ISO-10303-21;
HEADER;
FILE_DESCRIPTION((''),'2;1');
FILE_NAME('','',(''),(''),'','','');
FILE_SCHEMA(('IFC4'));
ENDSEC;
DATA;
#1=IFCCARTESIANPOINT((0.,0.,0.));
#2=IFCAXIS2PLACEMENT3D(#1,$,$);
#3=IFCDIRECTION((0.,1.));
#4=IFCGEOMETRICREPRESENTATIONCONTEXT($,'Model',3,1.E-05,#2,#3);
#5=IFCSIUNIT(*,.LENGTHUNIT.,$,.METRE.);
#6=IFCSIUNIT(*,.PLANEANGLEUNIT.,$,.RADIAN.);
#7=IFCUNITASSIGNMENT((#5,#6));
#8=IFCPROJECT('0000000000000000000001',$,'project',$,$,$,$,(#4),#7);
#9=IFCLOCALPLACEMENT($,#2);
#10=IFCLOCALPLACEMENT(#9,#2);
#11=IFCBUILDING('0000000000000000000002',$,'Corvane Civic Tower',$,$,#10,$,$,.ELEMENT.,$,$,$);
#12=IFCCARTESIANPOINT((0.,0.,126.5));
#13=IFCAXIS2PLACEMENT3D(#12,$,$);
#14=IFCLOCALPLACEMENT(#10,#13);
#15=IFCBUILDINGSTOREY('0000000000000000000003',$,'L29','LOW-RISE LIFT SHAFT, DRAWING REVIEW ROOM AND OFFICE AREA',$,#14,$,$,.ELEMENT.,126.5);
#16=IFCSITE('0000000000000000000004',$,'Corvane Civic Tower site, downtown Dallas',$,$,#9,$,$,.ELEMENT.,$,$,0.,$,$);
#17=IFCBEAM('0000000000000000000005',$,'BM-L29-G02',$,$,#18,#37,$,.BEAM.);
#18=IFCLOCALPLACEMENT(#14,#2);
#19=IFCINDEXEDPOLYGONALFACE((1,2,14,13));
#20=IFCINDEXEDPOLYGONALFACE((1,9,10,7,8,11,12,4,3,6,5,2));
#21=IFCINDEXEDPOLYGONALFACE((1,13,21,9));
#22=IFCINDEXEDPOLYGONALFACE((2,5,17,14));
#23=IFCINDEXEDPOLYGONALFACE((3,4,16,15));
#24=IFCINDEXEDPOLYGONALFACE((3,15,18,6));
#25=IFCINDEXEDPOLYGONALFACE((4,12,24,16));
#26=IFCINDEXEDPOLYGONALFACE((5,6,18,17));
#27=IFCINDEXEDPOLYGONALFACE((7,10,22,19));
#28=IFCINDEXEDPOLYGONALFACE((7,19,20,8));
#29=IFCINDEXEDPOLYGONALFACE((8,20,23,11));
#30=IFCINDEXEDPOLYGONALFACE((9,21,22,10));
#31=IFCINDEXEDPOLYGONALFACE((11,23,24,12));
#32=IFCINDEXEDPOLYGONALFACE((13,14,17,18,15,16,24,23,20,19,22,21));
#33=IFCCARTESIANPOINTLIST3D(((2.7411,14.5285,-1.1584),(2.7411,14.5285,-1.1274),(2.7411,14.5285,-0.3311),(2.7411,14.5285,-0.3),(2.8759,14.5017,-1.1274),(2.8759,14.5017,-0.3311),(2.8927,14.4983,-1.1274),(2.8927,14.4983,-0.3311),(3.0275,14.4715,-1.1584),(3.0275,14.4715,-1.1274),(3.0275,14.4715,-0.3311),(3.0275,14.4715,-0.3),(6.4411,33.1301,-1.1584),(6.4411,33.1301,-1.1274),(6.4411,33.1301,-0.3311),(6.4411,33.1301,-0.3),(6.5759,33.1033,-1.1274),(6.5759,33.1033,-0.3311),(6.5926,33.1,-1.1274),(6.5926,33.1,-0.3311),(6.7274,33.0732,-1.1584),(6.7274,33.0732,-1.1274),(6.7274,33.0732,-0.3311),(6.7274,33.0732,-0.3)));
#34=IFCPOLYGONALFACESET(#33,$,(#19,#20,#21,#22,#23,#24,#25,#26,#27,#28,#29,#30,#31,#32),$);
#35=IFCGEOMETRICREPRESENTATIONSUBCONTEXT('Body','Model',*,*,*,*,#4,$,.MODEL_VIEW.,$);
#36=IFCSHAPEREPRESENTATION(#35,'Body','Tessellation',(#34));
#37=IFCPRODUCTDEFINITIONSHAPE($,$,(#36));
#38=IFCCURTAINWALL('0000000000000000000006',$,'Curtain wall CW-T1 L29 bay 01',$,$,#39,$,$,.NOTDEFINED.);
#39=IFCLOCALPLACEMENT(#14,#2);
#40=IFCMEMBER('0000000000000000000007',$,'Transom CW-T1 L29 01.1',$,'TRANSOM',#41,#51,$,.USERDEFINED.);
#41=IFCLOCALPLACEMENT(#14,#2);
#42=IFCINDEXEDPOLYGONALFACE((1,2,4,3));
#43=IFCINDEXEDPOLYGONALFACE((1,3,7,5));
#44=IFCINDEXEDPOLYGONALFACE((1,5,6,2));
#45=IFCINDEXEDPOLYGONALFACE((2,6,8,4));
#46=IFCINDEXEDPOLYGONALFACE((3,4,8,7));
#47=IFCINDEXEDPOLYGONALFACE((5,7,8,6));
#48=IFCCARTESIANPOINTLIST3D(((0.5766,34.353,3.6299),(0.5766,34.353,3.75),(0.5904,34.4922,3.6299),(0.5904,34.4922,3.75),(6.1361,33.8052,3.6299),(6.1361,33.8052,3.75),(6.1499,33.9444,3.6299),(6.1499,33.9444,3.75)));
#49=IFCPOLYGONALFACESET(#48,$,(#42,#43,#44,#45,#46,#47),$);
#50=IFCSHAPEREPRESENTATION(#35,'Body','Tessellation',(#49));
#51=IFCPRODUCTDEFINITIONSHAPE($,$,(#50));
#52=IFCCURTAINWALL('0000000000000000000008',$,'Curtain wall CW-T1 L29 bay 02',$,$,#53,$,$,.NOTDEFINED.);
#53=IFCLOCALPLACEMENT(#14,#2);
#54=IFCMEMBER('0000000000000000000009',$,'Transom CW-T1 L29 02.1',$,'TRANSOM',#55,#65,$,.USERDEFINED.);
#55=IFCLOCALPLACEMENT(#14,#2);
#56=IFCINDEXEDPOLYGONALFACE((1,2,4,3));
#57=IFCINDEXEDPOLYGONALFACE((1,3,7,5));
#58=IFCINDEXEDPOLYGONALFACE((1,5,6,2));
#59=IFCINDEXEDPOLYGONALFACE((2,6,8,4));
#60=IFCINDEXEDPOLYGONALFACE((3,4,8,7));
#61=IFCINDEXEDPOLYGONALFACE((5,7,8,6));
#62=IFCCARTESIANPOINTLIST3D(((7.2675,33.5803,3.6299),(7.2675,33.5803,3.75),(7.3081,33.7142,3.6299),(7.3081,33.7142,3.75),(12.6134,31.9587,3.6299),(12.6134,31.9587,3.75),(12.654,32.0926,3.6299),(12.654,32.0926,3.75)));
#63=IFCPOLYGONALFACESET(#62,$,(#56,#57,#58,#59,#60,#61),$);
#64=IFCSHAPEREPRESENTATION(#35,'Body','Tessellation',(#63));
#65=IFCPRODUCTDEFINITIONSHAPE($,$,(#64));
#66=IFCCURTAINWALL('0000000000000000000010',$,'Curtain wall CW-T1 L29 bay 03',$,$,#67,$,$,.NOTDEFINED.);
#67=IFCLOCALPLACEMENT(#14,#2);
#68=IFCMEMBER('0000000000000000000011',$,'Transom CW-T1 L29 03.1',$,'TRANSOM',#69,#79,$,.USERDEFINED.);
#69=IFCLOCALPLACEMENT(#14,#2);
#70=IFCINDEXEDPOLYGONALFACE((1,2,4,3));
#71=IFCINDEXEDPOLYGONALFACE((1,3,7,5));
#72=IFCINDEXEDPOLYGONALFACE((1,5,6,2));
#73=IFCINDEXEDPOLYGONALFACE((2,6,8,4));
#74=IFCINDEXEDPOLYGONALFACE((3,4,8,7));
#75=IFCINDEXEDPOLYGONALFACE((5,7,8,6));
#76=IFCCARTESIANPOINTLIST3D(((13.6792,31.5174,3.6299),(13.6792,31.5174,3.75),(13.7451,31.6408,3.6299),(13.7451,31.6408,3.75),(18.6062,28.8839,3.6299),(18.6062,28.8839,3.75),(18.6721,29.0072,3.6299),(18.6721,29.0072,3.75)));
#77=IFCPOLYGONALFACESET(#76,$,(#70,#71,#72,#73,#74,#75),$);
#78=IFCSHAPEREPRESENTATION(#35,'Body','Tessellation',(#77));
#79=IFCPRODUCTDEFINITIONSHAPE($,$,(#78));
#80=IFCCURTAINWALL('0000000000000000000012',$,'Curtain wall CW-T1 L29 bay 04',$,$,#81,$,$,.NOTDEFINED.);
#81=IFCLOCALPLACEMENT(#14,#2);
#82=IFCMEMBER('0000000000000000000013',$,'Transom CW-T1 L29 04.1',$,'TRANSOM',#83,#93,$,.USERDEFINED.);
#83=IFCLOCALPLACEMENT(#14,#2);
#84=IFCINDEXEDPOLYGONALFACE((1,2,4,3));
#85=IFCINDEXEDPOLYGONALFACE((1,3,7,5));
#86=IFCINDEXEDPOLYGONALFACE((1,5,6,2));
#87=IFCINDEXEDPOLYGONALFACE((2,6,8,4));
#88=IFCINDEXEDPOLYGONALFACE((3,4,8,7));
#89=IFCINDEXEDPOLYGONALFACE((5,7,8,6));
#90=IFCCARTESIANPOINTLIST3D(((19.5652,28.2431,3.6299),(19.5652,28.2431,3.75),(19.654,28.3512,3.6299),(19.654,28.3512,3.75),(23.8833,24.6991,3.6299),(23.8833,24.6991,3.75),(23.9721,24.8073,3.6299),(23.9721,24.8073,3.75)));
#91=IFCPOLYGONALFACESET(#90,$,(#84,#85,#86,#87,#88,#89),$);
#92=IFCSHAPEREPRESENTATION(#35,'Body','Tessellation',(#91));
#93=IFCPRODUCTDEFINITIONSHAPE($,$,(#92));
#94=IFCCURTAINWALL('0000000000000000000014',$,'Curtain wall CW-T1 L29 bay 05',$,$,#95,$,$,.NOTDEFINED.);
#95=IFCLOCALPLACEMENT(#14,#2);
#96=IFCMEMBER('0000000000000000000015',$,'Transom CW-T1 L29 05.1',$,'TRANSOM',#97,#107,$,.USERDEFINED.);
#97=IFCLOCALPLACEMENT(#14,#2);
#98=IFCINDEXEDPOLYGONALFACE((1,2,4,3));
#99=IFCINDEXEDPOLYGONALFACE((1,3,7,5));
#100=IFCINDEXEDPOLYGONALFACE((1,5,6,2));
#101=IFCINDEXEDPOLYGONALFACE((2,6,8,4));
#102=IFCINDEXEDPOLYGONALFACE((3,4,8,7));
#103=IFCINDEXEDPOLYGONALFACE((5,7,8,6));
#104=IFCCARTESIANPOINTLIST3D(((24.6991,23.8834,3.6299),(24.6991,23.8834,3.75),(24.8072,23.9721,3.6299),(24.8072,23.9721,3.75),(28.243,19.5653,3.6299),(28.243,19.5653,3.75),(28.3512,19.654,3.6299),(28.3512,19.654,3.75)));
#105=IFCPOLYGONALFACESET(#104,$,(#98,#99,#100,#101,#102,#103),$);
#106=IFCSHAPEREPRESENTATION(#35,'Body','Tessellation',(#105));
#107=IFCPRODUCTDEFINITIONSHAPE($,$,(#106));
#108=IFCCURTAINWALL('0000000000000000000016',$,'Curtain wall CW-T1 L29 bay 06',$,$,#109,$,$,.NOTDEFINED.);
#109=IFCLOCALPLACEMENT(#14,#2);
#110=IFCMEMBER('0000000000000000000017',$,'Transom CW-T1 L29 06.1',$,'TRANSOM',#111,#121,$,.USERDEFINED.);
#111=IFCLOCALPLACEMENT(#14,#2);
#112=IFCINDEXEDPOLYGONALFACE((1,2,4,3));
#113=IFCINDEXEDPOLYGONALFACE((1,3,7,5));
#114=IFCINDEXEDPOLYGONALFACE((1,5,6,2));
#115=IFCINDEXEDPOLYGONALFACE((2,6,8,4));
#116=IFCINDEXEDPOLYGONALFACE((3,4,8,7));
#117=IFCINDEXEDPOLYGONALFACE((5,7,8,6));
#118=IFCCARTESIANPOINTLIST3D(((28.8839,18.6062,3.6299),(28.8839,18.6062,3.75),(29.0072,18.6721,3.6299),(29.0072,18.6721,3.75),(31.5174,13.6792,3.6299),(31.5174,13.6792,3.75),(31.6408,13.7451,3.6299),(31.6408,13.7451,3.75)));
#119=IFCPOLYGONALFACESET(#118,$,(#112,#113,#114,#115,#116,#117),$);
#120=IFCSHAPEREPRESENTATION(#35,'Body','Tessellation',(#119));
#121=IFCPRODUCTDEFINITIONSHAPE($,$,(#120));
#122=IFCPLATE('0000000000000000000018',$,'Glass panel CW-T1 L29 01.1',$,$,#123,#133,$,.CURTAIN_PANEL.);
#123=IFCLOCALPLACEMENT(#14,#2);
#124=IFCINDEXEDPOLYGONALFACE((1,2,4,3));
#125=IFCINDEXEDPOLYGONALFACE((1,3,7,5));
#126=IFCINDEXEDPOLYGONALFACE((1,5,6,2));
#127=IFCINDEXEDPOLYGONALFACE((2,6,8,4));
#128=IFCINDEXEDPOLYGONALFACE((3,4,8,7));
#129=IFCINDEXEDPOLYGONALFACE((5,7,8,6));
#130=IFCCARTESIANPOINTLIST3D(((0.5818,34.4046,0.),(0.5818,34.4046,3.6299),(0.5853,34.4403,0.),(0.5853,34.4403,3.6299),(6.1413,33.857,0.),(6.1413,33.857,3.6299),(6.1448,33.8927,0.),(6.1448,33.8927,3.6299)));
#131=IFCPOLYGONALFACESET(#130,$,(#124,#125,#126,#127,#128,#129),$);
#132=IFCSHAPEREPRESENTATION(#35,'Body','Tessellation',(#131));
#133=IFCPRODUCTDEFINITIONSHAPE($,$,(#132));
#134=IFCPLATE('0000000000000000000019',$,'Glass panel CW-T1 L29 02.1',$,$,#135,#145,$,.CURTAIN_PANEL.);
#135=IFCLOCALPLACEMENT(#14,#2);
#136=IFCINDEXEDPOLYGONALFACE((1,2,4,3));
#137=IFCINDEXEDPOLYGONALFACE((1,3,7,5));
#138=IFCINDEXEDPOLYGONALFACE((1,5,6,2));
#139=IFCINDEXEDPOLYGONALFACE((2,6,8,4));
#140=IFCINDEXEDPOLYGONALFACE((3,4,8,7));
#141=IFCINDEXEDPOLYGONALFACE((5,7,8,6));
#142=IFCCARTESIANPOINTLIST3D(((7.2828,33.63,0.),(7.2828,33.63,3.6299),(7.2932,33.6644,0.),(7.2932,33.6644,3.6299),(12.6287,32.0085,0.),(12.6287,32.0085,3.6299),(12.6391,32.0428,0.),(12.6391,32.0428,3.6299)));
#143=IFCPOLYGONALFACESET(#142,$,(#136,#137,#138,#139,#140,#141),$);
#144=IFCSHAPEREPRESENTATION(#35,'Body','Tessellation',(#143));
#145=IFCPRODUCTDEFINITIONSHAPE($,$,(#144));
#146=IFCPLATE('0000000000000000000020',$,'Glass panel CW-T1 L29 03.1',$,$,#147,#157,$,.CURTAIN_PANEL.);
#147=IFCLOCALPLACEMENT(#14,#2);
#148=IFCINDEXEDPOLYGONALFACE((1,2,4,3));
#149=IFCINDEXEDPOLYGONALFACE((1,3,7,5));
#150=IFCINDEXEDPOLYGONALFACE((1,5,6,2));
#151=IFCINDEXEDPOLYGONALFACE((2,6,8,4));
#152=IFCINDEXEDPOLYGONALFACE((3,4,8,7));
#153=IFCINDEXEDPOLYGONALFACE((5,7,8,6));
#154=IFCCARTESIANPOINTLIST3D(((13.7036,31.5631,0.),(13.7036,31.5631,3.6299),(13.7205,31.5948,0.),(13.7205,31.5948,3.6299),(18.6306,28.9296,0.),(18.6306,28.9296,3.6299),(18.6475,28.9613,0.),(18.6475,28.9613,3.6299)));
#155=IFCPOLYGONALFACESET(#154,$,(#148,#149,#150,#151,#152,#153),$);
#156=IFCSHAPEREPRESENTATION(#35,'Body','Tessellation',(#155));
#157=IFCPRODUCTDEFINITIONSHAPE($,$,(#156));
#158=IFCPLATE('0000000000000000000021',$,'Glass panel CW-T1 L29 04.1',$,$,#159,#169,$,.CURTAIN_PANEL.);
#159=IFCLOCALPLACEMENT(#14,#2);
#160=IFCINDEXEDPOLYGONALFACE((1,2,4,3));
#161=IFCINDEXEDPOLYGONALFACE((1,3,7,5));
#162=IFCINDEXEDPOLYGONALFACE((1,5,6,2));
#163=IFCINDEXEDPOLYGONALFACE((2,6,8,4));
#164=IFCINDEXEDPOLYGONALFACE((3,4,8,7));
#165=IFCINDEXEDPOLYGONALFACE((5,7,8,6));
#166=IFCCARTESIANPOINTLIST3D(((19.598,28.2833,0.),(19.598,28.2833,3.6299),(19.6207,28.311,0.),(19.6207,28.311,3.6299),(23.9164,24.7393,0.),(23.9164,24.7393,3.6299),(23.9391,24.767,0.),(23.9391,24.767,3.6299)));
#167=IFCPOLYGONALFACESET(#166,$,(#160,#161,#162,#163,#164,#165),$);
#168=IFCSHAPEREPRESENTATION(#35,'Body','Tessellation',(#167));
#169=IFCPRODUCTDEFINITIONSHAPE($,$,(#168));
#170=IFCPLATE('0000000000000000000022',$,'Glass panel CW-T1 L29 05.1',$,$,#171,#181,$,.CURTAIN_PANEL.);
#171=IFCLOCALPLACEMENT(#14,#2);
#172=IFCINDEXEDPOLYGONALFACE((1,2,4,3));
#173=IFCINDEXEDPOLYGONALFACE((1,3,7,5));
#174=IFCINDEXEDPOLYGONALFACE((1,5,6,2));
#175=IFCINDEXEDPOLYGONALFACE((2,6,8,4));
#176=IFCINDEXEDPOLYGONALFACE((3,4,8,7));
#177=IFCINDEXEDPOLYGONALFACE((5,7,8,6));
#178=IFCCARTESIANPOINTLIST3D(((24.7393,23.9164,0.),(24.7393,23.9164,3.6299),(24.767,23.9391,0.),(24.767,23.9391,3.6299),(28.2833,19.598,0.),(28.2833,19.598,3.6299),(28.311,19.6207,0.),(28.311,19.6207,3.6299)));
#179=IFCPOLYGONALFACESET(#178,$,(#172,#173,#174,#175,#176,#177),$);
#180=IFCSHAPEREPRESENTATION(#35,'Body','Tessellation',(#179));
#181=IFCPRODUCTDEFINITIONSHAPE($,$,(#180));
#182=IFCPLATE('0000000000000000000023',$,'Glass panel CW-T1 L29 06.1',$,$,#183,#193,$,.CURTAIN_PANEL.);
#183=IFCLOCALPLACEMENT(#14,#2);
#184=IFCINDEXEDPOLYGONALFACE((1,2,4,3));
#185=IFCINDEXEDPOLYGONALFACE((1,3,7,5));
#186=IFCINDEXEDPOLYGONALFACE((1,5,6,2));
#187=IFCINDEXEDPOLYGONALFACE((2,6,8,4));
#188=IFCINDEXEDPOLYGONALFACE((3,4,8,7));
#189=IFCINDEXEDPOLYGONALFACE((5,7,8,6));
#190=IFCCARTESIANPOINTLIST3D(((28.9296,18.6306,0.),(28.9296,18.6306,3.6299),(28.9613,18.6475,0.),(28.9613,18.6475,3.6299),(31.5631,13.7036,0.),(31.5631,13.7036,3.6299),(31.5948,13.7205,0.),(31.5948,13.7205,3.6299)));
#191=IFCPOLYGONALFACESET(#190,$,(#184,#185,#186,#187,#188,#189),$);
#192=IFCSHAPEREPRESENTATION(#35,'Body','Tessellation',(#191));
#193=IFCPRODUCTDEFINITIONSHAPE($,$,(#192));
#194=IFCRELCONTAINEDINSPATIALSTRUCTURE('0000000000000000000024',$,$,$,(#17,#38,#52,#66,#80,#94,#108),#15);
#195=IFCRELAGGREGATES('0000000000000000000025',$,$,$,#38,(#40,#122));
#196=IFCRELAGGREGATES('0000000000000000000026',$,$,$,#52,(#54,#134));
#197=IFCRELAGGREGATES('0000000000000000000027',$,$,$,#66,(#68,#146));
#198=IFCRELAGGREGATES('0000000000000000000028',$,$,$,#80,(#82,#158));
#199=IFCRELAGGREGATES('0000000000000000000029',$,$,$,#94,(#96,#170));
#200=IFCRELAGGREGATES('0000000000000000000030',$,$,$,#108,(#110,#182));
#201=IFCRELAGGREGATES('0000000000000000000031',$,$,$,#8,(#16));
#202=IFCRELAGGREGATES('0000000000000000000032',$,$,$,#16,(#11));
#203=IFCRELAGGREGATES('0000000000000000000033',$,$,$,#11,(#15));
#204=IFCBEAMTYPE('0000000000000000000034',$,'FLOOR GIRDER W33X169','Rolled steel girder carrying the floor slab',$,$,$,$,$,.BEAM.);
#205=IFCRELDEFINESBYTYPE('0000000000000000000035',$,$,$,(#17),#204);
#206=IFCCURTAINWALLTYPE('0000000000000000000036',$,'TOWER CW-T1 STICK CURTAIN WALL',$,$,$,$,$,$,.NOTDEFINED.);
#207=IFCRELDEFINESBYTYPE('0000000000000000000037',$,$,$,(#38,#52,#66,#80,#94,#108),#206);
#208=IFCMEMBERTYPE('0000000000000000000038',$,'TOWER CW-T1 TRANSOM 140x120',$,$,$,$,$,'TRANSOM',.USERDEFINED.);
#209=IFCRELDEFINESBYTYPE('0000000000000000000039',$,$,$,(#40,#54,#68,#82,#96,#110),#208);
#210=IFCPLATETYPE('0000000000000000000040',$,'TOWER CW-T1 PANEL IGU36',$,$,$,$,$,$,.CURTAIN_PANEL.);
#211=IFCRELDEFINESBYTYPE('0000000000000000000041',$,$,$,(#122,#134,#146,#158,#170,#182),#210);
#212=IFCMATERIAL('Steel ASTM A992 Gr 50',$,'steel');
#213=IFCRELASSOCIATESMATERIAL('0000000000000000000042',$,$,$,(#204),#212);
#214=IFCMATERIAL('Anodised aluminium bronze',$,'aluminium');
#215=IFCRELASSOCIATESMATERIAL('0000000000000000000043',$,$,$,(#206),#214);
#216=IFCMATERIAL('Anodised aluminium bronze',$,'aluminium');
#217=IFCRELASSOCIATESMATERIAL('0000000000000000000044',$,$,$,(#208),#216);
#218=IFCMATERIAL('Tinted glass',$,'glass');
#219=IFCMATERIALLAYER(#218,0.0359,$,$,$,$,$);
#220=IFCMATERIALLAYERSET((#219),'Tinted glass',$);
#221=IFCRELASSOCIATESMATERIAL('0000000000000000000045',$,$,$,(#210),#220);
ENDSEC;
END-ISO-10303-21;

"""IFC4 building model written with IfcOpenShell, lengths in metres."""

from ifc_helpers import new_model, si_unit, direction, frame, origin, origin_2d, place, context, subcontext, project, spatial, rectangle, i_section, extrude, material, layer, layer_set, material_profile, profile_set, type_object, element, aggregate, save


model = new_model("IFC4")

# Units and contexts
model_context = context("Model", 3, precision=1e-05, world=origin(), true_north=direction((0.0, 1.0)))
body_context = subcontext(model_context, "Body", "Model", "MODEL_VIEW")
ifc_project = project(units=[si_unit("LENGTHUNIT", "METRE"), si_unit("PLANEANGLEUNIT", "RADIAN")], contexts=[model_context])

# Site, building, storey
site_placement = place(None, origin())
site = spatial("IfcSite", under=ifc_project, at=site_placement, Name="Corvane Civic Tower site, downtown Dallas", CompositionType="ELEMENT", RefElevation=0.0)
building_placement = place(site_placement, origin())
building = spatial("IfcBuilding", under=site, at=building_placement, Name="Corvane Civic Tower", CompositionType="ELEMENT")
storey_placement = place(building_placement, frame((0.0, 0.0, 126.5)))
storey = spatial("IfcBuildingStorey", under=building, at=storey_placement, Name="L29", Description="LOW-RISE LIFT SHAFT, DRAWING REVIEW ROOM AND OFFICE AREA", CompositionType="ELEMENT", Elevation=126.5)

# Beam
ifc_material_1 = material(Name="Steel ASTM A992 Gr 50", Category="steel")
ifc_material_profile_1 = material_profile(ifc_material_1, i_section(OverallWidth=0.292, OverallDepth=0.8584, WebThickness=0.0171, FlangeThickness=0.031, at=origin_2d()), Name="W33X169")
ifc_profile_set_1 = profile_set([ifc_material_profile_1], Name="Steel ASTM A992 Gr 50")
beam_type_1 = type_object("IfcBeamType", Name="FLOOR GIRDER W33X169", Description="Rolled steel girder carrying the floor slab", PredefinedType="BEAM", material=ifc_profile_set_1)
beam_1_placement = place(storey_placement, frame((2.8843, 14.5, -0.7292), z_axis=(0.195084, 0.980787, 0.0), x_axis=(-0.980787, 0.195084, 0.0)))
element("IfcBeam", 1, at=beam_1_placement, inside=storey, type_object=beam_type_1, Name="BM-L29-G02", PredefinedType="BEAM", context=body_context, shape_type="SweptSolid", body=[
    extrude(i_section(OverallWidth=0.292, OverallDepth=0.8584, WebThickness=0.0171, FlangeThickness=0.031, at=origin_2d()), origin(), (0.0, 0.0, 1.0), 18.9661),
])

# Curtain walls, members
ifc_material_2 = material(Name="Anodised aluminium bronze", Category="aluminium")
curtain_wall_type = type_object("IfcCurtainWallType", Name="TOWER CW-T1 STICK CURTAIN WALL", PredefinedType="NOTDEFINED", material=ifc_material_2)
curtain_wall_1_placement = place(storey_placement, origin())
curtain_wall_1 = element("IfcCurtainWall", 2, at=curtain_wall_1_placement, inside=storey, type_object=curtain_wall_type, Name="Curtain wall CW-T1 L29 bay 01", PredefinedType="NOTDEFINED")
ifc_material_3 = material(Name="Anodised aluminium bronze", Category="aluminium")
ifc_material_profile_2 = material_profile(ifc_material_3, rectangle(XDim=0.1399, YDim=0.1201, at=origin_2d()), Name="TOWER CW-T1 TRANSOM 140x120")
ifc_profile_set_2 = profile_set([ifc_material_profile_2], Name="Anodised aluminium bronze")
member_type = type_object("IfcMemberType", Name="TOWER CW-T1 TRANSOM 140x120", ElementType="TRANSOM", PredefinedType="USERDEFINED", material=ifc_profile_set_2)
member_1_placement = place(storey_placement, frame((0.5835, 34.4226, 3.6899), z_axis=(0.99518, -0.098067, 0.0), x_axis=(0.098067, 0.99518, 0.0)))
member_1 = element("IfcMember", 3, at=member_1_placement, type_object=member_type, Name="Transom CW-T1 L29 01.1", ObjectType="TRANSOM", PredefinedType="USERDEFINED", context=body_context, shape_type="SweptSolid", body=[
    extrude(rectangle(XDim=0.1399, YDim=0.1201, at=origin_2d()), origin(), (0.0, 0.0, 1.0), 5.5864),
])
curtain_wall_2_placement = place(storey_placement, origin())
curtain_wall_2 = element("IfcCurtainWall", 4, at=curtain_wall_2_placement, inside=storey, type_object=curtain_wall_type, Name="Curtain wall CW-T1 L29 bay 02", PredefinedType="NOTDEFINED")
member_2_placement = place(storey_placement, frame((7.2878, 33.6472, 3.6899), z_axis=(0.956945, -0.290269, 0.0), x_axis=(0.290269, 0.956945, 0.0)))
member_2 = element("IfcMember", 5, at=member_2_placement, type_object=member_type, Name="Transom CW-T1 L29 02.1", ObjectType="TRANSOM", PredefinedType="USERDEFINED", context=body_context, shape_type="SweptSolid", body=[
    extrude(rectangle(XDim=0.1399, YDim=0.1201, at=origin_2d()), origin(), (0.0, 0.0, 1.0), 5.5864),
])
curtain_wall_3_placement = place(storey_placement, origin())
curtain_wall_3 = element("IfcCurtainWall", 6, at=curtain_wall_3_placement, inside=storey, type_object=curtain_wall_type, Name="Curtain wall CW-T1 L29 bay 03", PredefinedType="NOTDEFINED")
member_3_placement = place(storey_placement, frame((13.7122, 31.5791, 3.6899), z_axis=(0.881921, -0.471398, 0.0), x_axis=(0.471398, 0.881921, 0.0)))
member_3 = element("IfcMember", 7, at=member_3_placement, type_object=member_type, Name="Transom CW-T1 L29 03.1", ObjectType="TRANSOM", PredefinedType="USERDEFINED", context=body_context, shape_type="SweptSolid", body=[
    extrude(rectangle(XDim=0.1399, YDim=0.1201, at=origin_2d()), origin(), (0.0, 0.0, 1.0), 5.5867),
])
curtain_wall_4_placement = place(storey_placement, origin())
curtain_wall_4 = element("IfcCurtainWall", 8, at=curtain_wall_4_placement, inside=storey, type_object=curtain_wall_type, Name="Curtain wall CW-T1 L29 bay 04", PredefinedType="NOTDEFINED")
member_4_placement = place(storey_placement, frame((19.6096, 28.2971, 3.6899), z_axis=(0.772996, -0.63441, 0.0), x_axis=(0.63441, 0.772996, 0.0)))
member_4 = element("IfcMember", 9, at=member_4_placement, type_object=member_type, Name="Transom CW-T1 L29 04.1", ObjectType="TRANSOM", PredefinedType="USERDEFINED", context=body_context, shape_type="SweptSolid", body=[
    extrude(rectangle(XDim=0.1399, YDim=0.1201, at=origin_2d()), origin(), (0.0, 0.0, 1.0), 5.5862),
])
curtain_wall_5_placement = place(storey_placement, origin())
curtain_wall_5 = element("IfcCurtainWall", 10, at=curtain_wall_5_placement, inside=storey, type_object=curtain_wall_type, Name="Curtain wall CW-T1 L29 bay 05", PredefinedType="NOTDEFINED")
member_5_placement = place(storey_placement, frame((24.7532, 23.9277, 3.6899), z_axis=(0.63441, -0.772996, 0.0), x_axis=(0.772996, 0.63441, 0.0)))
member_5 = element("IfcMember", 11, at=member_5_placement, type_object=member_type, Name="Transom CW-T1 L29 05.1", ObjectType="TRANSOM", PredefinedType="USERDEFINED", context=body_context, shape_type="SweptSolid", body=[
    extrude(rectangle(XDim=0.1399, YDim=0.1201, at=origin_2d()), origin(), (0.0, 0.0, 1.0), 5.5862),
])
curtain_wall_6_placement = place(storey_placement, origin())
curtain_wall_6 = element("IfcCurtainWall", 12, at=curtain_wall_6_placement, inside=storey, type_object=curtain_wall_type, Name="Curtain wall CW-T1 L29 bay 06", PredefinedType="NOTDEFINED")
member_6_placement = place(storey_placement, frame((28.9456, 18.6392, 3.6899), z_axis=(0.471398, -0.881921, 0.0), x_axis=(0.881921, 0.471398, 0.0)))
member_6 = element("IfcMember", 13, at=member_6_placement, type_object=member_type, Name="Transom CW-T1 L29 06.1", ObjectType="TRANSOM", PredefinedType="USERDEFINED", context=body_context, shape_type="SweptSolid", body=[
    extrude(rectangle(XDim=0.1399, YDim=0.1201, at=origin_2d()), origin(), (0.0, 0.0, 1.0), 5.5867),
])

# Plates
ifc_material_4 = material(Name="Tinted glass", Category="glass")
ifc_layer_1 = layer(ifc_material_4, 0.0359)
ifc_layer_set_1 = layer_set([ifc_layer_1], Name="Tinted glass")
plate_type = type_object("IfcPlateType", Name="TOWER CW-T1 PANEL IGU36", PredefinedType="CURTAIN_PANEL", material=ifc_layer_set_1)
plate_1_placement = place(storey_placement, frame((3.3633, 34.1487, 0.0), z_axis=(0.0, 0.0, 1.0), x_axis=(0.995184, -0.098027, 0.0)))
plate_1 = element("IfcPlate", 14, at=plate_1_placement, type_object=plate_type, Name="Glass panel CW-T1 L29 01.1", PredefinedType="CURTAIN_PANEL", context=body_context, shape_type="SweptSolid", body=[
    extrude(rectangle(XDim=5.5864, YDim=0.0359, at=origin_2d()), origin(), (0.0, 0.0, 1.0), 3.6299),
])
aggregate(curtain_wall_1, [member_1, plate_1])
plate_2_placement = place(storey_placement, frame((9.9609, 32.8364, 0.0), z_axis=(0.0, 0.0, 1.0), x_axis=(0.956946, -0.290266, 0.0)))
plate_2 = element("IfcPlate", 15, at=plate_2_placement, type_object=plate_type, Name="Glass panel CW-T1 L29 02.1", PredefinedType="CURTAIN_PANEL", context=body_context, shape_type="SweptSolid", body=[
    extrude(rectangle(XDim=5.5864, YDim=0.0359, at=origin_2d()), origin(), (0.0, 0.0, 1.0), 3.6299),
])
aggregate(curtain_wall_2, [member_2, plate_2])
plate_3_placement = place(storey_placement, frame((16.1755, 30.2622, 0.0), z_axis=(0.0, 0.0, 1.0), x_axis=(0.881924, -0.471392, 0.0)))
plate_3 = element("IfcPlate", 16, at=plate_3_placement, type_object=plate_type, Name="Glass panel CW-T1 L29 03.1", PredefinedType="CURTAIN_PANEL", context=body_context, shape_type="SweptSolid", body=[
    extrude(rectangle(XDim=5.5867, YDim=0.0359, at=origin_2d()), origin(), (0.0, 0.0, 1.0), 3.6299),
])
aggregate(curtain_wall_3, [member_3, plate_3])
plate_4_placement = place(storey_placement, frame((21.7686, 26.5251, 0.0), z_axis=(0.0, 0.0, 1.0), x_axis=(0.773013, -0.63439, 0.0)))
plate_4 = element("IfcPlate", 17, at=plate_4_placement, type_object=plate_type, Name="Glass panel CW-T1 L29 04.1", PredefinedType="CURTAIN_PANEL", context=body_context, shape_type="SweptSolid", body=[
    extrude(rectangle(XDim=5.5864, YDim=0.0359, at=origin_2d()), origin(), (0.0, 0.0, 1.0), 3.6299),
])
aggregate(curtain_wall_4, [member_4, plate_4])
plate_5_placement = place(storey_placement, frame((26.5251, 21.7686, 0.0), z_axis=(0.0, 0.0, 1.0), x_axis=(0.63439, -0.773013, 0.0)))
plate_5 = element("IfcPlate", 18, at=plate_5_placement, type_object=plate_type, Name="Glass panel CW-T1 L29 05.1", PredefinedType="CURTAIN_PANEL", context=body_context, shape_type="SweptSolid", body=[
    extrude(rectangle(XDim=5.5864, YDim=0.0359, at=origin_2d()), origin(), (0.0, 0.0, 1.0), 3.6299),
])
aggregate(curtain_wall_5, [member_5, plate_5])
plate_6_placement = place(storey_placement, frame((30.2622, 16.1755, 0.0), z_axis=(0.0, 0.0, 1.0), x_axis=(0.471392, -0.881924, 0.0)))
plate_6 = element("IfcPlate", 19, at=plate_6_placement, type_object=plate_type, Name="Glass panel CW-T1 L29 06.1", PredefinedType="CURTAIN_PANEL", context=body_context, shape_type="SweptSolid", body=[
    extrude(rectangle(XDim=5.5867, YDim=0.0359, at=origin_2d()), origin(), (0.0, 0.0, 1.0), 3.6299),
])
aggregate(curtain_wall_6, [member_6, plate_6])

save(model, "model.ifc")
